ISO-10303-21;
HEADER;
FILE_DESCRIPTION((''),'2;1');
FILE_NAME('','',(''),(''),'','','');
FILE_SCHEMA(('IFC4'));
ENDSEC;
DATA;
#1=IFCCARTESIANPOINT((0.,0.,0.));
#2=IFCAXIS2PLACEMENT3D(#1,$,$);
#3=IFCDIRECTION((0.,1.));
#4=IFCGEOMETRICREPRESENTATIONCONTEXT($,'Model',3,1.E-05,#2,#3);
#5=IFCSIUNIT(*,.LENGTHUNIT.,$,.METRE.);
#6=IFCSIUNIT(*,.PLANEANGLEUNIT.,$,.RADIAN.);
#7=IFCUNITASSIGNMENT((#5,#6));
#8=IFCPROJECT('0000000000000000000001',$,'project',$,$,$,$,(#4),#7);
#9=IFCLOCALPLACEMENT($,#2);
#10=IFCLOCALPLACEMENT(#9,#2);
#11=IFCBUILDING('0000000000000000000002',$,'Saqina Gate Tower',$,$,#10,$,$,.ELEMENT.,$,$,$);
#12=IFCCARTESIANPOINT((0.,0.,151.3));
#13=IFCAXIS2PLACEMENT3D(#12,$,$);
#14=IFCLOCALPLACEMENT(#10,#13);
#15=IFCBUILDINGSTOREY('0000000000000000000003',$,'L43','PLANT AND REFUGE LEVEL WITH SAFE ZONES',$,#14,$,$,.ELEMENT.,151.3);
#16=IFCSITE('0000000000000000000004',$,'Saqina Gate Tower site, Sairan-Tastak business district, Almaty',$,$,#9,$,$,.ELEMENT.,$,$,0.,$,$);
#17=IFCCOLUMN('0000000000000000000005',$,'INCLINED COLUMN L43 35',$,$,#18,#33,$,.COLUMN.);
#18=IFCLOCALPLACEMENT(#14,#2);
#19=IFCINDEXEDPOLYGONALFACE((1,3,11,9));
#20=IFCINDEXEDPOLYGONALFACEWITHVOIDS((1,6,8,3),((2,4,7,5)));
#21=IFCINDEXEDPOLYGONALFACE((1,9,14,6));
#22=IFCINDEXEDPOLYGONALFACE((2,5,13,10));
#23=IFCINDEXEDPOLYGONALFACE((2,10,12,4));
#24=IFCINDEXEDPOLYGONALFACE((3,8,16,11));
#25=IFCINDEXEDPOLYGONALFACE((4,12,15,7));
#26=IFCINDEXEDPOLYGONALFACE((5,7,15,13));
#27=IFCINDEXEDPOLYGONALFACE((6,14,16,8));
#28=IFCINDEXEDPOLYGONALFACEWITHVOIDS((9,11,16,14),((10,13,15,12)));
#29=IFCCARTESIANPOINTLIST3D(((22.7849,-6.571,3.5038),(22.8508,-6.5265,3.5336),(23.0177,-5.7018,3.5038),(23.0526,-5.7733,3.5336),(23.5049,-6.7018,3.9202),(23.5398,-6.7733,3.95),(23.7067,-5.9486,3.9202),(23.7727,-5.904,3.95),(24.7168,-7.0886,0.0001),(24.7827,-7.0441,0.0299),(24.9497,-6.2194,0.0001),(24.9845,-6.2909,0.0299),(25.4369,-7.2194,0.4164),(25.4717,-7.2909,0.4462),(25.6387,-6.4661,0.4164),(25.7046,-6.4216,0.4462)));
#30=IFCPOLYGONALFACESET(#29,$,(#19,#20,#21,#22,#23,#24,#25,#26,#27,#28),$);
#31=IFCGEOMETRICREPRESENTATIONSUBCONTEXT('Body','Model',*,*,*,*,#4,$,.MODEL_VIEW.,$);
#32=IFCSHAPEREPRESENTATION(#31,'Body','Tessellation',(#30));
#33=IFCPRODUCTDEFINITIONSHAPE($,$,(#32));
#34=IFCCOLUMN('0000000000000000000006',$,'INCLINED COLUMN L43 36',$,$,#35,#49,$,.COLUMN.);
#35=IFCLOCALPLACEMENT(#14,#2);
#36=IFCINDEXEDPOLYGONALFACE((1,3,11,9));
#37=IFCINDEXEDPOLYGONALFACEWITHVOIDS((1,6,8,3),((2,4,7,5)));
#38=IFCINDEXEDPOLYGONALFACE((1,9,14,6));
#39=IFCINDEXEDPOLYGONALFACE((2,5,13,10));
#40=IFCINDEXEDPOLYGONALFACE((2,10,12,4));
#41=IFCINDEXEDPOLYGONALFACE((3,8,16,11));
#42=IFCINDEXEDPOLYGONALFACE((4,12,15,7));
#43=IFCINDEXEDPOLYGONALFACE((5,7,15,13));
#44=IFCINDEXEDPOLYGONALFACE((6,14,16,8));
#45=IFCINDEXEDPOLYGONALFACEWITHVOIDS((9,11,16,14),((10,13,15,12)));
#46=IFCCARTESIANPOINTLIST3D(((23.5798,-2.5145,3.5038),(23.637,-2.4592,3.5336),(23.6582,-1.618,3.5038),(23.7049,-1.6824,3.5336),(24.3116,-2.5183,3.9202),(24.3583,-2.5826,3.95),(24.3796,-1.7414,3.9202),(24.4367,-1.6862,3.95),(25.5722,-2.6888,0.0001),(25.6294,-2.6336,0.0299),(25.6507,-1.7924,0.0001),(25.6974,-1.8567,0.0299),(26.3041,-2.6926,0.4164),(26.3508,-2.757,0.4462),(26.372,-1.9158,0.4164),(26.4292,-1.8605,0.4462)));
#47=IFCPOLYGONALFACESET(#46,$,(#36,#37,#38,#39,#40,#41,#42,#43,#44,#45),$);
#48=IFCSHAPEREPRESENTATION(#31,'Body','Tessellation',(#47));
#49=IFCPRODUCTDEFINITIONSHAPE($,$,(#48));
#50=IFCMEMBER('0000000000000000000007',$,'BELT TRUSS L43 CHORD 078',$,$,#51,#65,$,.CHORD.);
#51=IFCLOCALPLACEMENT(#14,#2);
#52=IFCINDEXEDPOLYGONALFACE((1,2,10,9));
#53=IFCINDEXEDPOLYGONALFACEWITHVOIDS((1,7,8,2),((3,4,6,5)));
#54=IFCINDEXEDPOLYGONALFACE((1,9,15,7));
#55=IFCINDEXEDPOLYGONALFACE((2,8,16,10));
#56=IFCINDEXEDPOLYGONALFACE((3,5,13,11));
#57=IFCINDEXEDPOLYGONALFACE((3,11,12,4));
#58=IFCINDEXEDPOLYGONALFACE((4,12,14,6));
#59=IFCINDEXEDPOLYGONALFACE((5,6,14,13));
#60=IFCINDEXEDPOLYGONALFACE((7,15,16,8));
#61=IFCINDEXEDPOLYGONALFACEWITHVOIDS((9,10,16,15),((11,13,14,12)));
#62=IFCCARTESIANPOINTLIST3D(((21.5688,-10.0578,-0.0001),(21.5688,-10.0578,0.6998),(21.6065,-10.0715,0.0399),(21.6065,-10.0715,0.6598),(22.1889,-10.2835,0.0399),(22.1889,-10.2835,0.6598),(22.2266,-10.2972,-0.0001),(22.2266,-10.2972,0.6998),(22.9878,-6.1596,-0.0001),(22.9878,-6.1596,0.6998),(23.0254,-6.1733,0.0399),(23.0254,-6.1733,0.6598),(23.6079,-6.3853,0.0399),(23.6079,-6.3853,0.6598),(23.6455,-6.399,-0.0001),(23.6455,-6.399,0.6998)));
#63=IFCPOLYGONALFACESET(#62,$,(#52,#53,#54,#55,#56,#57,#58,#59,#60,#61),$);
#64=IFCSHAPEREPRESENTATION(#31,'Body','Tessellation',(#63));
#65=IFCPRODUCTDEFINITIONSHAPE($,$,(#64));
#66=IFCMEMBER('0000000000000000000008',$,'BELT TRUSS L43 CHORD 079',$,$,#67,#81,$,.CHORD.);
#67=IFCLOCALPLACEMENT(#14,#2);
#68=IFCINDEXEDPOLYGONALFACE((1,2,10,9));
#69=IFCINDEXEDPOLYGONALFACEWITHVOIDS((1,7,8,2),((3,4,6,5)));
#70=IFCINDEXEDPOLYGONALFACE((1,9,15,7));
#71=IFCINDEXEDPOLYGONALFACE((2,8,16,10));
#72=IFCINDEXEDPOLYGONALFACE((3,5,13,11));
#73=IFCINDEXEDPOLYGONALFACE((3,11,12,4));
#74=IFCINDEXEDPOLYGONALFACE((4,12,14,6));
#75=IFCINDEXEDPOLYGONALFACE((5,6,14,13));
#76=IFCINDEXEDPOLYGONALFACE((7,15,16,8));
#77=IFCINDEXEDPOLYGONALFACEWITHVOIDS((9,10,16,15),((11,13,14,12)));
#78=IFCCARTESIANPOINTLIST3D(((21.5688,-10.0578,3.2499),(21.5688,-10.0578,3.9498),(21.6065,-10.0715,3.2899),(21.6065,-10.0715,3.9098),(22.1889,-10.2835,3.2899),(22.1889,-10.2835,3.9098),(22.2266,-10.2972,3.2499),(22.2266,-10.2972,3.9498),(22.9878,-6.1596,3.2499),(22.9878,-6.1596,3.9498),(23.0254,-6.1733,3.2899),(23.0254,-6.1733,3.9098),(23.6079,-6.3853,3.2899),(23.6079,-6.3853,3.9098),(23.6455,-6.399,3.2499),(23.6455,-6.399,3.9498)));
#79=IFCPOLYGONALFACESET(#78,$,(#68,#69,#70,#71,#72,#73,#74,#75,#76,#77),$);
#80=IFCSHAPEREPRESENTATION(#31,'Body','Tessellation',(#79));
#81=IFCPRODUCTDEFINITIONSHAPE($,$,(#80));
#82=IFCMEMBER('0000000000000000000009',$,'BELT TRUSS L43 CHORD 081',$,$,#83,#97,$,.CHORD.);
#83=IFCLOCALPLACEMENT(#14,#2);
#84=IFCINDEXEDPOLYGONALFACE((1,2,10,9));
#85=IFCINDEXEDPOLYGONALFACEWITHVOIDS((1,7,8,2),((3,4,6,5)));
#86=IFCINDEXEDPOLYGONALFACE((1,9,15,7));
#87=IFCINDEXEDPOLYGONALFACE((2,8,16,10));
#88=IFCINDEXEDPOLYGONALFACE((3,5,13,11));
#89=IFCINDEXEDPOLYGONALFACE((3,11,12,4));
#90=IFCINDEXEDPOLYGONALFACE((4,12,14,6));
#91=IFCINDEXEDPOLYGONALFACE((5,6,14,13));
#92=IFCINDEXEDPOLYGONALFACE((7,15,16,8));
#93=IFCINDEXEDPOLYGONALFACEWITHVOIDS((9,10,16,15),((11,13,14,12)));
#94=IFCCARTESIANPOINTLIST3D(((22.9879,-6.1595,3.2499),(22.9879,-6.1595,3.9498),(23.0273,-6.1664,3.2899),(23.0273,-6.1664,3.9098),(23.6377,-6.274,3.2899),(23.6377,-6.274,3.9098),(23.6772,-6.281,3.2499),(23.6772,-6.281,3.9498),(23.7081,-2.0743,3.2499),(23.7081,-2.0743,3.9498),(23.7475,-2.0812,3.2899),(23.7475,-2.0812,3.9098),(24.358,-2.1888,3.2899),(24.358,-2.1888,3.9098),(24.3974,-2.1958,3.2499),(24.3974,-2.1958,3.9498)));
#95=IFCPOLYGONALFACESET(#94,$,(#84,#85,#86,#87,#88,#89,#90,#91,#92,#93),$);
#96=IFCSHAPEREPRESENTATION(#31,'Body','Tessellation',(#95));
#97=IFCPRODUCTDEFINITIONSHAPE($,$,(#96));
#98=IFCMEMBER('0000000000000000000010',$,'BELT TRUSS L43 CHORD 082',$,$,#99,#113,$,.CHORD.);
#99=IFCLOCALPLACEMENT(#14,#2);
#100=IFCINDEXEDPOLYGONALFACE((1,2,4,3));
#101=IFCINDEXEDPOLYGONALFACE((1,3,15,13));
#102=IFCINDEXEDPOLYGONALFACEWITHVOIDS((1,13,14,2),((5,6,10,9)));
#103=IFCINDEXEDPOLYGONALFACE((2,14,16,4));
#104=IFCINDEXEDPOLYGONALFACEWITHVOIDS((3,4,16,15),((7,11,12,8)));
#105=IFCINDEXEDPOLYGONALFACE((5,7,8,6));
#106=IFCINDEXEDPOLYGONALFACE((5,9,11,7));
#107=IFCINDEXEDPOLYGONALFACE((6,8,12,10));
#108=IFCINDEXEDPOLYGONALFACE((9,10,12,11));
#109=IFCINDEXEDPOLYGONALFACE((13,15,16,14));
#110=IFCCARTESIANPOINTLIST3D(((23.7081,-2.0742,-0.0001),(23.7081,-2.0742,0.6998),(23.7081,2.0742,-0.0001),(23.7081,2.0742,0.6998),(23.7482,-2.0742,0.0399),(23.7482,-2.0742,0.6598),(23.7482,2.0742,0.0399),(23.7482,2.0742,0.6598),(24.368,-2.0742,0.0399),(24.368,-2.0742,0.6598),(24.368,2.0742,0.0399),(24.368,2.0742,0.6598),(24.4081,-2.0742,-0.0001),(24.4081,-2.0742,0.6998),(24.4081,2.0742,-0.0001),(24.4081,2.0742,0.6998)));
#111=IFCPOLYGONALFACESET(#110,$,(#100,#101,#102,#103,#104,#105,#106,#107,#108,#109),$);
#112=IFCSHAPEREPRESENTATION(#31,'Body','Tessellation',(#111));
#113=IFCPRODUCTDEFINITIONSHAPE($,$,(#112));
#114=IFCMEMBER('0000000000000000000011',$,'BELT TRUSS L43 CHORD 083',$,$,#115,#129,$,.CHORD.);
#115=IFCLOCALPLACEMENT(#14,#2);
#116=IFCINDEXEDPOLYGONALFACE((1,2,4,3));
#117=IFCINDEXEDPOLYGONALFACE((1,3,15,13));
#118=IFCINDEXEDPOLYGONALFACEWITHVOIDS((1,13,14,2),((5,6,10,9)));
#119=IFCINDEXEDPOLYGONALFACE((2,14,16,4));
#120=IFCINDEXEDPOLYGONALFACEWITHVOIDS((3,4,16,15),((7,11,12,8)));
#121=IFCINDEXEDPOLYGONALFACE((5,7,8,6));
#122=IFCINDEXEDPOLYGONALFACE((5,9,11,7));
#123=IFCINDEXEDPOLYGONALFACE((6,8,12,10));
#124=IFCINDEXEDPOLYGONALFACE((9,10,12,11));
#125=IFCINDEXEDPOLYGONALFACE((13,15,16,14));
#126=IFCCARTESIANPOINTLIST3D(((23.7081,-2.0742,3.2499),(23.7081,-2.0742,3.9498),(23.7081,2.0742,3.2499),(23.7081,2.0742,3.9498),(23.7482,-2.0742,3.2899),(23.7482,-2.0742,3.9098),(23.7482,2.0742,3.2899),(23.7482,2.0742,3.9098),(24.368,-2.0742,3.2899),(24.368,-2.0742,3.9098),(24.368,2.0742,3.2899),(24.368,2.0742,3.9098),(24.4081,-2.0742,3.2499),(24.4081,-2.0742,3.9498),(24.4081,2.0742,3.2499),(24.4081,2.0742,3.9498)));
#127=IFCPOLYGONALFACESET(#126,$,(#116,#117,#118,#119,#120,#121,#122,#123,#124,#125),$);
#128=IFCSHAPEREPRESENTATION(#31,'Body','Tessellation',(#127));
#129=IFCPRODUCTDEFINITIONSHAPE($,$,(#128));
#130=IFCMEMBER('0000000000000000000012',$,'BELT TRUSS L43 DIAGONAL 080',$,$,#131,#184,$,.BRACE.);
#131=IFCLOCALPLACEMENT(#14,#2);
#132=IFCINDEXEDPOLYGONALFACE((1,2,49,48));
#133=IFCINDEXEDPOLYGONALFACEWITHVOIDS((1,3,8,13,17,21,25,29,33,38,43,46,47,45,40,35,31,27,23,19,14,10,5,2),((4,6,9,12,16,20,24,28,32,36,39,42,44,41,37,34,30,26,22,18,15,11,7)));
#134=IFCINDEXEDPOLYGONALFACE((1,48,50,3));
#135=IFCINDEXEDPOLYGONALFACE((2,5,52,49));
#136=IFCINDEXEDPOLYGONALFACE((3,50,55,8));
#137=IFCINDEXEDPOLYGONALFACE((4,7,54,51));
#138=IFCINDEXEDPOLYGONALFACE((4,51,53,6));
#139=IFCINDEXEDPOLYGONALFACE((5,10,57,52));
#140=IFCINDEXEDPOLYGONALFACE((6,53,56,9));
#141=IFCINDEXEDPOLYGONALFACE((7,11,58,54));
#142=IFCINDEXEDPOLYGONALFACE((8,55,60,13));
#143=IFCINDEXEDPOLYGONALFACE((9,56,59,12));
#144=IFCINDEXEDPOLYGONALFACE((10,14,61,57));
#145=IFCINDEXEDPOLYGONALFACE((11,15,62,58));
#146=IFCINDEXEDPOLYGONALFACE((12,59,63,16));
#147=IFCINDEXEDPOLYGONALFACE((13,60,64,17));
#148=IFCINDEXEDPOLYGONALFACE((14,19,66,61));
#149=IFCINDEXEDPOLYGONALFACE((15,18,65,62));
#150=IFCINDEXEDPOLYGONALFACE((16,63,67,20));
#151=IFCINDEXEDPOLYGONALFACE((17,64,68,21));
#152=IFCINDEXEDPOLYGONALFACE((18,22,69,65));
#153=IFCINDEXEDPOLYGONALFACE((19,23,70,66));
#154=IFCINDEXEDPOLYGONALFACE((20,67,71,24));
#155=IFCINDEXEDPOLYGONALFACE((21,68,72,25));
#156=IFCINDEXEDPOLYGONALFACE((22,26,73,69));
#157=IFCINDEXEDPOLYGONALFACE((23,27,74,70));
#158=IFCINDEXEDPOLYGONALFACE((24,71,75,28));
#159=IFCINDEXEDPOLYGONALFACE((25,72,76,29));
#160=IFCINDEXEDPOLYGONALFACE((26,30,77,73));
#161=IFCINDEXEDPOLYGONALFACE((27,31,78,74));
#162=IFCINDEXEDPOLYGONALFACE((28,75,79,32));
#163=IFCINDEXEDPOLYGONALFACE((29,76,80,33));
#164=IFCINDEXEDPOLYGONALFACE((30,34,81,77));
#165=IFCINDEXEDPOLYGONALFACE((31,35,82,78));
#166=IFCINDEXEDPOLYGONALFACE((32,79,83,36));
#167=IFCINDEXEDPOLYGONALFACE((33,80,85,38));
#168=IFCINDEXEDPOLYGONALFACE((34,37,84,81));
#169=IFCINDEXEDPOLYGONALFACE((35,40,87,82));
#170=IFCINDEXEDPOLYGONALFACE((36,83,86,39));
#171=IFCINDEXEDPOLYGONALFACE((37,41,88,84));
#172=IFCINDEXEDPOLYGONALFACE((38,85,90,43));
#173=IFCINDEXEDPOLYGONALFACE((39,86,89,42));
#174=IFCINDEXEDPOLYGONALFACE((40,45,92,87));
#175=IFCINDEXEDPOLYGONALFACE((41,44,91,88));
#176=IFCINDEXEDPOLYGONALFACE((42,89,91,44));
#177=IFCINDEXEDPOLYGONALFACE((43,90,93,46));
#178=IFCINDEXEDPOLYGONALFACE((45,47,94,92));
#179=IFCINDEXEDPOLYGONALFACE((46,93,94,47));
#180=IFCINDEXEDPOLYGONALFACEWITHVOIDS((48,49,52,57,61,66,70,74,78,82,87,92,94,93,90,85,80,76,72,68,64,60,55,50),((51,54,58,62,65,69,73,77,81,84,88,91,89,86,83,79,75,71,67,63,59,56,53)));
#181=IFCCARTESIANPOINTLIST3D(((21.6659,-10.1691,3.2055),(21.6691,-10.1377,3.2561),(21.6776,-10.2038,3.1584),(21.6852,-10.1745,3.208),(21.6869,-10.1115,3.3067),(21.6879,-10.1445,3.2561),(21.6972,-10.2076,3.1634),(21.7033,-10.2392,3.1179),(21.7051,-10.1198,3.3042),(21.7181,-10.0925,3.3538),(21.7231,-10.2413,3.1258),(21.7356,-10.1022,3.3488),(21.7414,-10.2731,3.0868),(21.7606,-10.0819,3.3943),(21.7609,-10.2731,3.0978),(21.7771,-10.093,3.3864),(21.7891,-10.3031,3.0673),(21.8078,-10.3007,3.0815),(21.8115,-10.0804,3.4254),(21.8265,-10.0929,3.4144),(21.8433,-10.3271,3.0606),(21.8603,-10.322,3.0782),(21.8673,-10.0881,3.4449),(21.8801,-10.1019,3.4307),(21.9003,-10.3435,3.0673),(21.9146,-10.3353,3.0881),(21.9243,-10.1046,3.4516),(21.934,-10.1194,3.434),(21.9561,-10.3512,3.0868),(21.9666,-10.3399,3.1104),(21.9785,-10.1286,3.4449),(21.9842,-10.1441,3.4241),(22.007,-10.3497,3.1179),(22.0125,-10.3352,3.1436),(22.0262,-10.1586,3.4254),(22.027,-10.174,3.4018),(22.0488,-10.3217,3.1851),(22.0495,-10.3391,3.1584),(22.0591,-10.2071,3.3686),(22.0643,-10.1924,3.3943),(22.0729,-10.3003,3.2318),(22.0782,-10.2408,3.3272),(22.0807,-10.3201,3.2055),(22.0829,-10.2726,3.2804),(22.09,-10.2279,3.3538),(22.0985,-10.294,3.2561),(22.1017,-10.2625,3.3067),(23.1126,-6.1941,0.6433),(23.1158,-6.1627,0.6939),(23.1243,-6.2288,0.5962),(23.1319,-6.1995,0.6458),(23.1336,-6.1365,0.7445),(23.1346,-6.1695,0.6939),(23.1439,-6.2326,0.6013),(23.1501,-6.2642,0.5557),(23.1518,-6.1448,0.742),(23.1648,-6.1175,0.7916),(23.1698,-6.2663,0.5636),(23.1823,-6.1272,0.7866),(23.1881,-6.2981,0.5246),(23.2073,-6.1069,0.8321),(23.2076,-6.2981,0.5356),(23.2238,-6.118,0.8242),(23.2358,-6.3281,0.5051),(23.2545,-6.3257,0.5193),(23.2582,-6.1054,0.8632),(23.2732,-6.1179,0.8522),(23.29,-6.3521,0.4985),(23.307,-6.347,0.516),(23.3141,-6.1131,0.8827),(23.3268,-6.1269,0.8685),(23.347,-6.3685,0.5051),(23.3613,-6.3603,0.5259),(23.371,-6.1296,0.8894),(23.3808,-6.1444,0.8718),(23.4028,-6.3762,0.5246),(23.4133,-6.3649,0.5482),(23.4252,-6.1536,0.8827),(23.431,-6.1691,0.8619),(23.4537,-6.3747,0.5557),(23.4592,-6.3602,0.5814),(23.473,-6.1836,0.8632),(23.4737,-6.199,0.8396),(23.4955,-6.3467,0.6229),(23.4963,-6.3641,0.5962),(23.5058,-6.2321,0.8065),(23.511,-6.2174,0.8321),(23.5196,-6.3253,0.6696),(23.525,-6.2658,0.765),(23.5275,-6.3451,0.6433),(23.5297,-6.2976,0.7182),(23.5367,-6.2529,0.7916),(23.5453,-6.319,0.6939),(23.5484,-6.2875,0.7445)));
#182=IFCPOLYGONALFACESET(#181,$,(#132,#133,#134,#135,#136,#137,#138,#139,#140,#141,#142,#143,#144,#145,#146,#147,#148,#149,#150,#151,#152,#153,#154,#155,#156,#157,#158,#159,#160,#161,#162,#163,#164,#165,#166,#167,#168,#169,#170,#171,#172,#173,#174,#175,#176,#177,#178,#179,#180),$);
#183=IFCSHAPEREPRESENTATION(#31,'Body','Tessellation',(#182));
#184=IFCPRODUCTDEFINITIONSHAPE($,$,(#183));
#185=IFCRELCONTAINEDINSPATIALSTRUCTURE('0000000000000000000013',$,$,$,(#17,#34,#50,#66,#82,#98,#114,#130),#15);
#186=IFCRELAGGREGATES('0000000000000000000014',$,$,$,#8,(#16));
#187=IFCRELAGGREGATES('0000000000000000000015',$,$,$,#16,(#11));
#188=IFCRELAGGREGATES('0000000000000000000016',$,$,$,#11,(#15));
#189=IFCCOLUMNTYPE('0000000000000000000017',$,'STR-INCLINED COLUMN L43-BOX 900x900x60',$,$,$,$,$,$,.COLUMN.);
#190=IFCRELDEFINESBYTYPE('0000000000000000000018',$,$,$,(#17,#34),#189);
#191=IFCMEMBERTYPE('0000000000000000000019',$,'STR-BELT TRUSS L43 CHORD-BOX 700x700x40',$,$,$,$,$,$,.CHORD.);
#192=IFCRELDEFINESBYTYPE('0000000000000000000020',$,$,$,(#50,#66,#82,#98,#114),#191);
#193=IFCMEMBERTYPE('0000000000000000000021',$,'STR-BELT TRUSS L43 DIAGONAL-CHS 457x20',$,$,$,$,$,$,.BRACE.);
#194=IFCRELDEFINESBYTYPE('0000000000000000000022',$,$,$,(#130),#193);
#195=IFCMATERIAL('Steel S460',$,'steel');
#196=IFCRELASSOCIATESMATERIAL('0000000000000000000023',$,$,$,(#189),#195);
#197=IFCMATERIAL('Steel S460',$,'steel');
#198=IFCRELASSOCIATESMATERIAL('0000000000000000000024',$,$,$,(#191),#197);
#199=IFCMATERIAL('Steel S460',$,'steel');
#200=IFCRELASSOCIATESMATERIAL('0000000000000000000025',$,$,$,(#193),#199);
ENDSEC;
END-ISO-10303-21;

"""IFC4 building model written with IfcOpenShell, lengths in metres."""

from ifc_helpers import new_model, si_unit, direction, frame, origin, origin_2d, place, context, subcontext, project, spatial, hollow_rectangle, hollow_circle, extrude, material, material_profile, profile_set, type_object, element, save


model = new_model("IFC4")

# Units and contexts
model_context = context("Model", 3, precision=1e-05, world=origin(), true_north=direction((0.0, 1.0)))
body_context = subcontext(model_context, "Body", "Model", "MODEL_VIEW")
ifc_project = project(units=[si_unit("LENGTHUNIT", "METRE"), si_unit("PLANEANGLEUNIT", "RADIAN")], contexts=[model_context])

# Site, building, storey
site_placement = place(None, origin())
site = spatial("IfcSite", under=ifc_project, at=site_placement, Name="Saqina Gate Tower site, Sairan-Tastak business district, Almaty", CompositionType="ELEMENT", RefElevation=0.0)
building_placement = place(site_placement, origin())
building = spatial("IfcBuilding", under=site, at=building_placement, Name="Saqina Gate Tower", CompositionType="ELEMENT")
storey_placement = place(building_placement, frame((0.0, 0.0, 151.3)))
storey = spatial("IfcBuildingStorey", under=building, at=storey_placement, Name="L43", Description="PLANT AND REFUGE LEVEL WITH SAFE ZONES", CompositionType="ELEMENT", Elevation=151.3)

# Columns
ifc_material_1 = material(Name="Steel S460", Category="steel")
ifc_material_profile_1 = material_profile(ifc_material_1, hollow_rectangle(XDim=0.8999, YDim=0.8999, WallThickness=0.0601, at=origin_2d()), Name="BOX 900x900x60")
ifc_profile_set_1 = profile_set([ifc_material_profile_1], Name="Steel S460")
column_type = type_object("IfcColumnType", Name="STR-INCLINED COLUMN L43-BOX 900x900x60", PredefinedType="COLUMN", material=ifc_profile_set_1)
for number, where, z_axis, x_axis, name in (
    (1, (25.2107, -6.7551, 0.2231), (-0.478863, 0.128294, 0.868465), (-0.258787, -0.965934, 0.0), "INCLINED COLUMN L43 35"),
    (2, (26.0007, -2.2747, 0.2231), (-0.493869, 0.043208, 0.868462), (-0.087156, -0.996195, 0.0), "INCLINED COLUMN L43 36"),
):
    element("IfcColumn", number, at=place(storey_placement, frame(where, z_axis=z_axis, x_axis=x_axis)), inside=storey, type_object=column_type, Name=name, PredefinedType="COLUMN", context=body_context, shape_type="SweptSolid", body=[
        extrude(hollow_rectangle(XDim=0.8999, YDim=0.8999, WallThickness=0.0601, at=origin_2d()), origin(), (0.0, 0.0, 1.0), 4.0344),
    ])

# Members
ifc_material_2 = material(Name="Steel S460", Category="steel")
ifc_material_profile_2 = material_profile(ifc_material_2, hollow_rectangle(XDim=0.7, YDim=0.7, WallThickness=0.04, at=origin_2d()), Name="BOX 700x700x40")
ifc_profile_set_2 = profile_set([ifc_material_profile_2], Name="Steel S460")
member_type_1 = type_object("IfcMemberType", Name="STR-BELT TRUSS L43 CHORD-BOX 700x700x40", PredefinedType="CHORD", material=ifc_profile_set_2)
for number, where, z_axis, x_axis, name in (
    (3, (21.8977, -10.1775, 0.3499), (0.342045, 0.939683, 0.0), (-0.939683, 0.342045, 0.0), "BELT TRUSS L43 CHORD 078"),
    (4, (21.8977, -10.1775, 3.5999), (0.342045, 0.939683, 0.0), (-0.939683, 0.342045, 0.0), "BELT TRUSS L43 CHORD 079"),
):
    element("IfcMember", number, at=place(storey_placement, frame(where, z_axis=z_axis, x_axis=x_axis)), inside=storey, type_object=member_type_1, Name=name, PredefinedType="CHORD", context=body_context, shape_type="SweptSolid", body=[
        extrude(hollow_rectangle(XDim=0.7, YDim=0.7, WallThickness=0.04, at=origin_2d()), origin(), (0.0, 0.0, 1.0), 4.1484),
    ])
member_1_placement = place(storey_placement, frame((23.3325, -6.2202, 3.5999), z_axis=(0.173621, 0.984813, 0.0), x_axis=(-0.984813, 0.173621, 0.0)))
element("IfcMember", 5, at=member_1_placement, inside=storey, type_object=member_type_1, Name="BELT TRUSS L43 CHORD 081", PredefinedType="CHORD", context=body_context, shape_type="SweptSolid", body=[
    extrude(hollow_rectangle(XDim=0.7, YDim=0.7, WallThickness=0.04, at=origin_2d()), origin(), (0.0, 0.0, 1.0), 4.1482),
])
for number, where, z_axis, x_axis, name in (
    (6, (24.0581, -2.0742, 0.3499), (0.0, 1.0, 0.0), (-1.0, 0.0, 0.0), "BELT TRUSS L43 CHORD 082"),
    (7, (24.0581, -2.0742, 3.5999), (0.0, 1.0, 0.0), (-1.0, 0.0, 0.0), "BELT TRUSS L43 CHORD 083"),
):
    element("IfcMember", number, at=place(storey_placement, frame(where, z_axis=z_axis, x_axis=x_axis)), inside=storey, type_object=member_type_1, Name=name, PredefinedType="CHORD", context=body_context, shape_type="SweptSolid", body=[
        extrude(hollow_rectangle(XDim=0.7, YDim=0.7, WallThickness=0.04, at=origin_2d()), origin(), (0.0, 0.0, 1.0), 4.1484),
    ])
ifc_material_3 = material(Name="Steel S460", Category="steel")
ifc_material_profile_3 = material_profile(ifc_material_3, hollow_circle(Radius=0.2285, WallThickness=0.02, at=origin_2d()), Name="CHS 457x20")
ifc_profile_set_3 = profile_set([ifc_material_profile_3], Name="Steel S460")
member_type_2 = type_object("IfcMemberType", Name="STR-BELT TRUSS L43 DIAGONAL-CHS 457x20", PredefinedType="BRACE", material=ifc_profile_set_3)
for number, where, z_axis, x_axis, name in (
    (8, (21.8838, -10.2158, 3.2561), (0.292534, 0.803752, -0.51808), (-0.939696, 0.342012, 0.0), "BELT TRUSS L43 DIAGONAL 080"),
):
    element("IfcMember", number, at=place(storey_placement, frame(where, z_axis=z_axis, x_axis=x_axis)), inside=storey, type_object=member_type_2, Name=name, PredefinedType="BRACE", context=body_context, shape_type="SweptSolid", body=[
        extrude(hollow_circle(Radius=0.2285, WallThickness=0.02, at=origin_2d()), origin(), (0.0, 0.0, 1.0), 4.9456),
    ])

save(model, "model.ifc")
